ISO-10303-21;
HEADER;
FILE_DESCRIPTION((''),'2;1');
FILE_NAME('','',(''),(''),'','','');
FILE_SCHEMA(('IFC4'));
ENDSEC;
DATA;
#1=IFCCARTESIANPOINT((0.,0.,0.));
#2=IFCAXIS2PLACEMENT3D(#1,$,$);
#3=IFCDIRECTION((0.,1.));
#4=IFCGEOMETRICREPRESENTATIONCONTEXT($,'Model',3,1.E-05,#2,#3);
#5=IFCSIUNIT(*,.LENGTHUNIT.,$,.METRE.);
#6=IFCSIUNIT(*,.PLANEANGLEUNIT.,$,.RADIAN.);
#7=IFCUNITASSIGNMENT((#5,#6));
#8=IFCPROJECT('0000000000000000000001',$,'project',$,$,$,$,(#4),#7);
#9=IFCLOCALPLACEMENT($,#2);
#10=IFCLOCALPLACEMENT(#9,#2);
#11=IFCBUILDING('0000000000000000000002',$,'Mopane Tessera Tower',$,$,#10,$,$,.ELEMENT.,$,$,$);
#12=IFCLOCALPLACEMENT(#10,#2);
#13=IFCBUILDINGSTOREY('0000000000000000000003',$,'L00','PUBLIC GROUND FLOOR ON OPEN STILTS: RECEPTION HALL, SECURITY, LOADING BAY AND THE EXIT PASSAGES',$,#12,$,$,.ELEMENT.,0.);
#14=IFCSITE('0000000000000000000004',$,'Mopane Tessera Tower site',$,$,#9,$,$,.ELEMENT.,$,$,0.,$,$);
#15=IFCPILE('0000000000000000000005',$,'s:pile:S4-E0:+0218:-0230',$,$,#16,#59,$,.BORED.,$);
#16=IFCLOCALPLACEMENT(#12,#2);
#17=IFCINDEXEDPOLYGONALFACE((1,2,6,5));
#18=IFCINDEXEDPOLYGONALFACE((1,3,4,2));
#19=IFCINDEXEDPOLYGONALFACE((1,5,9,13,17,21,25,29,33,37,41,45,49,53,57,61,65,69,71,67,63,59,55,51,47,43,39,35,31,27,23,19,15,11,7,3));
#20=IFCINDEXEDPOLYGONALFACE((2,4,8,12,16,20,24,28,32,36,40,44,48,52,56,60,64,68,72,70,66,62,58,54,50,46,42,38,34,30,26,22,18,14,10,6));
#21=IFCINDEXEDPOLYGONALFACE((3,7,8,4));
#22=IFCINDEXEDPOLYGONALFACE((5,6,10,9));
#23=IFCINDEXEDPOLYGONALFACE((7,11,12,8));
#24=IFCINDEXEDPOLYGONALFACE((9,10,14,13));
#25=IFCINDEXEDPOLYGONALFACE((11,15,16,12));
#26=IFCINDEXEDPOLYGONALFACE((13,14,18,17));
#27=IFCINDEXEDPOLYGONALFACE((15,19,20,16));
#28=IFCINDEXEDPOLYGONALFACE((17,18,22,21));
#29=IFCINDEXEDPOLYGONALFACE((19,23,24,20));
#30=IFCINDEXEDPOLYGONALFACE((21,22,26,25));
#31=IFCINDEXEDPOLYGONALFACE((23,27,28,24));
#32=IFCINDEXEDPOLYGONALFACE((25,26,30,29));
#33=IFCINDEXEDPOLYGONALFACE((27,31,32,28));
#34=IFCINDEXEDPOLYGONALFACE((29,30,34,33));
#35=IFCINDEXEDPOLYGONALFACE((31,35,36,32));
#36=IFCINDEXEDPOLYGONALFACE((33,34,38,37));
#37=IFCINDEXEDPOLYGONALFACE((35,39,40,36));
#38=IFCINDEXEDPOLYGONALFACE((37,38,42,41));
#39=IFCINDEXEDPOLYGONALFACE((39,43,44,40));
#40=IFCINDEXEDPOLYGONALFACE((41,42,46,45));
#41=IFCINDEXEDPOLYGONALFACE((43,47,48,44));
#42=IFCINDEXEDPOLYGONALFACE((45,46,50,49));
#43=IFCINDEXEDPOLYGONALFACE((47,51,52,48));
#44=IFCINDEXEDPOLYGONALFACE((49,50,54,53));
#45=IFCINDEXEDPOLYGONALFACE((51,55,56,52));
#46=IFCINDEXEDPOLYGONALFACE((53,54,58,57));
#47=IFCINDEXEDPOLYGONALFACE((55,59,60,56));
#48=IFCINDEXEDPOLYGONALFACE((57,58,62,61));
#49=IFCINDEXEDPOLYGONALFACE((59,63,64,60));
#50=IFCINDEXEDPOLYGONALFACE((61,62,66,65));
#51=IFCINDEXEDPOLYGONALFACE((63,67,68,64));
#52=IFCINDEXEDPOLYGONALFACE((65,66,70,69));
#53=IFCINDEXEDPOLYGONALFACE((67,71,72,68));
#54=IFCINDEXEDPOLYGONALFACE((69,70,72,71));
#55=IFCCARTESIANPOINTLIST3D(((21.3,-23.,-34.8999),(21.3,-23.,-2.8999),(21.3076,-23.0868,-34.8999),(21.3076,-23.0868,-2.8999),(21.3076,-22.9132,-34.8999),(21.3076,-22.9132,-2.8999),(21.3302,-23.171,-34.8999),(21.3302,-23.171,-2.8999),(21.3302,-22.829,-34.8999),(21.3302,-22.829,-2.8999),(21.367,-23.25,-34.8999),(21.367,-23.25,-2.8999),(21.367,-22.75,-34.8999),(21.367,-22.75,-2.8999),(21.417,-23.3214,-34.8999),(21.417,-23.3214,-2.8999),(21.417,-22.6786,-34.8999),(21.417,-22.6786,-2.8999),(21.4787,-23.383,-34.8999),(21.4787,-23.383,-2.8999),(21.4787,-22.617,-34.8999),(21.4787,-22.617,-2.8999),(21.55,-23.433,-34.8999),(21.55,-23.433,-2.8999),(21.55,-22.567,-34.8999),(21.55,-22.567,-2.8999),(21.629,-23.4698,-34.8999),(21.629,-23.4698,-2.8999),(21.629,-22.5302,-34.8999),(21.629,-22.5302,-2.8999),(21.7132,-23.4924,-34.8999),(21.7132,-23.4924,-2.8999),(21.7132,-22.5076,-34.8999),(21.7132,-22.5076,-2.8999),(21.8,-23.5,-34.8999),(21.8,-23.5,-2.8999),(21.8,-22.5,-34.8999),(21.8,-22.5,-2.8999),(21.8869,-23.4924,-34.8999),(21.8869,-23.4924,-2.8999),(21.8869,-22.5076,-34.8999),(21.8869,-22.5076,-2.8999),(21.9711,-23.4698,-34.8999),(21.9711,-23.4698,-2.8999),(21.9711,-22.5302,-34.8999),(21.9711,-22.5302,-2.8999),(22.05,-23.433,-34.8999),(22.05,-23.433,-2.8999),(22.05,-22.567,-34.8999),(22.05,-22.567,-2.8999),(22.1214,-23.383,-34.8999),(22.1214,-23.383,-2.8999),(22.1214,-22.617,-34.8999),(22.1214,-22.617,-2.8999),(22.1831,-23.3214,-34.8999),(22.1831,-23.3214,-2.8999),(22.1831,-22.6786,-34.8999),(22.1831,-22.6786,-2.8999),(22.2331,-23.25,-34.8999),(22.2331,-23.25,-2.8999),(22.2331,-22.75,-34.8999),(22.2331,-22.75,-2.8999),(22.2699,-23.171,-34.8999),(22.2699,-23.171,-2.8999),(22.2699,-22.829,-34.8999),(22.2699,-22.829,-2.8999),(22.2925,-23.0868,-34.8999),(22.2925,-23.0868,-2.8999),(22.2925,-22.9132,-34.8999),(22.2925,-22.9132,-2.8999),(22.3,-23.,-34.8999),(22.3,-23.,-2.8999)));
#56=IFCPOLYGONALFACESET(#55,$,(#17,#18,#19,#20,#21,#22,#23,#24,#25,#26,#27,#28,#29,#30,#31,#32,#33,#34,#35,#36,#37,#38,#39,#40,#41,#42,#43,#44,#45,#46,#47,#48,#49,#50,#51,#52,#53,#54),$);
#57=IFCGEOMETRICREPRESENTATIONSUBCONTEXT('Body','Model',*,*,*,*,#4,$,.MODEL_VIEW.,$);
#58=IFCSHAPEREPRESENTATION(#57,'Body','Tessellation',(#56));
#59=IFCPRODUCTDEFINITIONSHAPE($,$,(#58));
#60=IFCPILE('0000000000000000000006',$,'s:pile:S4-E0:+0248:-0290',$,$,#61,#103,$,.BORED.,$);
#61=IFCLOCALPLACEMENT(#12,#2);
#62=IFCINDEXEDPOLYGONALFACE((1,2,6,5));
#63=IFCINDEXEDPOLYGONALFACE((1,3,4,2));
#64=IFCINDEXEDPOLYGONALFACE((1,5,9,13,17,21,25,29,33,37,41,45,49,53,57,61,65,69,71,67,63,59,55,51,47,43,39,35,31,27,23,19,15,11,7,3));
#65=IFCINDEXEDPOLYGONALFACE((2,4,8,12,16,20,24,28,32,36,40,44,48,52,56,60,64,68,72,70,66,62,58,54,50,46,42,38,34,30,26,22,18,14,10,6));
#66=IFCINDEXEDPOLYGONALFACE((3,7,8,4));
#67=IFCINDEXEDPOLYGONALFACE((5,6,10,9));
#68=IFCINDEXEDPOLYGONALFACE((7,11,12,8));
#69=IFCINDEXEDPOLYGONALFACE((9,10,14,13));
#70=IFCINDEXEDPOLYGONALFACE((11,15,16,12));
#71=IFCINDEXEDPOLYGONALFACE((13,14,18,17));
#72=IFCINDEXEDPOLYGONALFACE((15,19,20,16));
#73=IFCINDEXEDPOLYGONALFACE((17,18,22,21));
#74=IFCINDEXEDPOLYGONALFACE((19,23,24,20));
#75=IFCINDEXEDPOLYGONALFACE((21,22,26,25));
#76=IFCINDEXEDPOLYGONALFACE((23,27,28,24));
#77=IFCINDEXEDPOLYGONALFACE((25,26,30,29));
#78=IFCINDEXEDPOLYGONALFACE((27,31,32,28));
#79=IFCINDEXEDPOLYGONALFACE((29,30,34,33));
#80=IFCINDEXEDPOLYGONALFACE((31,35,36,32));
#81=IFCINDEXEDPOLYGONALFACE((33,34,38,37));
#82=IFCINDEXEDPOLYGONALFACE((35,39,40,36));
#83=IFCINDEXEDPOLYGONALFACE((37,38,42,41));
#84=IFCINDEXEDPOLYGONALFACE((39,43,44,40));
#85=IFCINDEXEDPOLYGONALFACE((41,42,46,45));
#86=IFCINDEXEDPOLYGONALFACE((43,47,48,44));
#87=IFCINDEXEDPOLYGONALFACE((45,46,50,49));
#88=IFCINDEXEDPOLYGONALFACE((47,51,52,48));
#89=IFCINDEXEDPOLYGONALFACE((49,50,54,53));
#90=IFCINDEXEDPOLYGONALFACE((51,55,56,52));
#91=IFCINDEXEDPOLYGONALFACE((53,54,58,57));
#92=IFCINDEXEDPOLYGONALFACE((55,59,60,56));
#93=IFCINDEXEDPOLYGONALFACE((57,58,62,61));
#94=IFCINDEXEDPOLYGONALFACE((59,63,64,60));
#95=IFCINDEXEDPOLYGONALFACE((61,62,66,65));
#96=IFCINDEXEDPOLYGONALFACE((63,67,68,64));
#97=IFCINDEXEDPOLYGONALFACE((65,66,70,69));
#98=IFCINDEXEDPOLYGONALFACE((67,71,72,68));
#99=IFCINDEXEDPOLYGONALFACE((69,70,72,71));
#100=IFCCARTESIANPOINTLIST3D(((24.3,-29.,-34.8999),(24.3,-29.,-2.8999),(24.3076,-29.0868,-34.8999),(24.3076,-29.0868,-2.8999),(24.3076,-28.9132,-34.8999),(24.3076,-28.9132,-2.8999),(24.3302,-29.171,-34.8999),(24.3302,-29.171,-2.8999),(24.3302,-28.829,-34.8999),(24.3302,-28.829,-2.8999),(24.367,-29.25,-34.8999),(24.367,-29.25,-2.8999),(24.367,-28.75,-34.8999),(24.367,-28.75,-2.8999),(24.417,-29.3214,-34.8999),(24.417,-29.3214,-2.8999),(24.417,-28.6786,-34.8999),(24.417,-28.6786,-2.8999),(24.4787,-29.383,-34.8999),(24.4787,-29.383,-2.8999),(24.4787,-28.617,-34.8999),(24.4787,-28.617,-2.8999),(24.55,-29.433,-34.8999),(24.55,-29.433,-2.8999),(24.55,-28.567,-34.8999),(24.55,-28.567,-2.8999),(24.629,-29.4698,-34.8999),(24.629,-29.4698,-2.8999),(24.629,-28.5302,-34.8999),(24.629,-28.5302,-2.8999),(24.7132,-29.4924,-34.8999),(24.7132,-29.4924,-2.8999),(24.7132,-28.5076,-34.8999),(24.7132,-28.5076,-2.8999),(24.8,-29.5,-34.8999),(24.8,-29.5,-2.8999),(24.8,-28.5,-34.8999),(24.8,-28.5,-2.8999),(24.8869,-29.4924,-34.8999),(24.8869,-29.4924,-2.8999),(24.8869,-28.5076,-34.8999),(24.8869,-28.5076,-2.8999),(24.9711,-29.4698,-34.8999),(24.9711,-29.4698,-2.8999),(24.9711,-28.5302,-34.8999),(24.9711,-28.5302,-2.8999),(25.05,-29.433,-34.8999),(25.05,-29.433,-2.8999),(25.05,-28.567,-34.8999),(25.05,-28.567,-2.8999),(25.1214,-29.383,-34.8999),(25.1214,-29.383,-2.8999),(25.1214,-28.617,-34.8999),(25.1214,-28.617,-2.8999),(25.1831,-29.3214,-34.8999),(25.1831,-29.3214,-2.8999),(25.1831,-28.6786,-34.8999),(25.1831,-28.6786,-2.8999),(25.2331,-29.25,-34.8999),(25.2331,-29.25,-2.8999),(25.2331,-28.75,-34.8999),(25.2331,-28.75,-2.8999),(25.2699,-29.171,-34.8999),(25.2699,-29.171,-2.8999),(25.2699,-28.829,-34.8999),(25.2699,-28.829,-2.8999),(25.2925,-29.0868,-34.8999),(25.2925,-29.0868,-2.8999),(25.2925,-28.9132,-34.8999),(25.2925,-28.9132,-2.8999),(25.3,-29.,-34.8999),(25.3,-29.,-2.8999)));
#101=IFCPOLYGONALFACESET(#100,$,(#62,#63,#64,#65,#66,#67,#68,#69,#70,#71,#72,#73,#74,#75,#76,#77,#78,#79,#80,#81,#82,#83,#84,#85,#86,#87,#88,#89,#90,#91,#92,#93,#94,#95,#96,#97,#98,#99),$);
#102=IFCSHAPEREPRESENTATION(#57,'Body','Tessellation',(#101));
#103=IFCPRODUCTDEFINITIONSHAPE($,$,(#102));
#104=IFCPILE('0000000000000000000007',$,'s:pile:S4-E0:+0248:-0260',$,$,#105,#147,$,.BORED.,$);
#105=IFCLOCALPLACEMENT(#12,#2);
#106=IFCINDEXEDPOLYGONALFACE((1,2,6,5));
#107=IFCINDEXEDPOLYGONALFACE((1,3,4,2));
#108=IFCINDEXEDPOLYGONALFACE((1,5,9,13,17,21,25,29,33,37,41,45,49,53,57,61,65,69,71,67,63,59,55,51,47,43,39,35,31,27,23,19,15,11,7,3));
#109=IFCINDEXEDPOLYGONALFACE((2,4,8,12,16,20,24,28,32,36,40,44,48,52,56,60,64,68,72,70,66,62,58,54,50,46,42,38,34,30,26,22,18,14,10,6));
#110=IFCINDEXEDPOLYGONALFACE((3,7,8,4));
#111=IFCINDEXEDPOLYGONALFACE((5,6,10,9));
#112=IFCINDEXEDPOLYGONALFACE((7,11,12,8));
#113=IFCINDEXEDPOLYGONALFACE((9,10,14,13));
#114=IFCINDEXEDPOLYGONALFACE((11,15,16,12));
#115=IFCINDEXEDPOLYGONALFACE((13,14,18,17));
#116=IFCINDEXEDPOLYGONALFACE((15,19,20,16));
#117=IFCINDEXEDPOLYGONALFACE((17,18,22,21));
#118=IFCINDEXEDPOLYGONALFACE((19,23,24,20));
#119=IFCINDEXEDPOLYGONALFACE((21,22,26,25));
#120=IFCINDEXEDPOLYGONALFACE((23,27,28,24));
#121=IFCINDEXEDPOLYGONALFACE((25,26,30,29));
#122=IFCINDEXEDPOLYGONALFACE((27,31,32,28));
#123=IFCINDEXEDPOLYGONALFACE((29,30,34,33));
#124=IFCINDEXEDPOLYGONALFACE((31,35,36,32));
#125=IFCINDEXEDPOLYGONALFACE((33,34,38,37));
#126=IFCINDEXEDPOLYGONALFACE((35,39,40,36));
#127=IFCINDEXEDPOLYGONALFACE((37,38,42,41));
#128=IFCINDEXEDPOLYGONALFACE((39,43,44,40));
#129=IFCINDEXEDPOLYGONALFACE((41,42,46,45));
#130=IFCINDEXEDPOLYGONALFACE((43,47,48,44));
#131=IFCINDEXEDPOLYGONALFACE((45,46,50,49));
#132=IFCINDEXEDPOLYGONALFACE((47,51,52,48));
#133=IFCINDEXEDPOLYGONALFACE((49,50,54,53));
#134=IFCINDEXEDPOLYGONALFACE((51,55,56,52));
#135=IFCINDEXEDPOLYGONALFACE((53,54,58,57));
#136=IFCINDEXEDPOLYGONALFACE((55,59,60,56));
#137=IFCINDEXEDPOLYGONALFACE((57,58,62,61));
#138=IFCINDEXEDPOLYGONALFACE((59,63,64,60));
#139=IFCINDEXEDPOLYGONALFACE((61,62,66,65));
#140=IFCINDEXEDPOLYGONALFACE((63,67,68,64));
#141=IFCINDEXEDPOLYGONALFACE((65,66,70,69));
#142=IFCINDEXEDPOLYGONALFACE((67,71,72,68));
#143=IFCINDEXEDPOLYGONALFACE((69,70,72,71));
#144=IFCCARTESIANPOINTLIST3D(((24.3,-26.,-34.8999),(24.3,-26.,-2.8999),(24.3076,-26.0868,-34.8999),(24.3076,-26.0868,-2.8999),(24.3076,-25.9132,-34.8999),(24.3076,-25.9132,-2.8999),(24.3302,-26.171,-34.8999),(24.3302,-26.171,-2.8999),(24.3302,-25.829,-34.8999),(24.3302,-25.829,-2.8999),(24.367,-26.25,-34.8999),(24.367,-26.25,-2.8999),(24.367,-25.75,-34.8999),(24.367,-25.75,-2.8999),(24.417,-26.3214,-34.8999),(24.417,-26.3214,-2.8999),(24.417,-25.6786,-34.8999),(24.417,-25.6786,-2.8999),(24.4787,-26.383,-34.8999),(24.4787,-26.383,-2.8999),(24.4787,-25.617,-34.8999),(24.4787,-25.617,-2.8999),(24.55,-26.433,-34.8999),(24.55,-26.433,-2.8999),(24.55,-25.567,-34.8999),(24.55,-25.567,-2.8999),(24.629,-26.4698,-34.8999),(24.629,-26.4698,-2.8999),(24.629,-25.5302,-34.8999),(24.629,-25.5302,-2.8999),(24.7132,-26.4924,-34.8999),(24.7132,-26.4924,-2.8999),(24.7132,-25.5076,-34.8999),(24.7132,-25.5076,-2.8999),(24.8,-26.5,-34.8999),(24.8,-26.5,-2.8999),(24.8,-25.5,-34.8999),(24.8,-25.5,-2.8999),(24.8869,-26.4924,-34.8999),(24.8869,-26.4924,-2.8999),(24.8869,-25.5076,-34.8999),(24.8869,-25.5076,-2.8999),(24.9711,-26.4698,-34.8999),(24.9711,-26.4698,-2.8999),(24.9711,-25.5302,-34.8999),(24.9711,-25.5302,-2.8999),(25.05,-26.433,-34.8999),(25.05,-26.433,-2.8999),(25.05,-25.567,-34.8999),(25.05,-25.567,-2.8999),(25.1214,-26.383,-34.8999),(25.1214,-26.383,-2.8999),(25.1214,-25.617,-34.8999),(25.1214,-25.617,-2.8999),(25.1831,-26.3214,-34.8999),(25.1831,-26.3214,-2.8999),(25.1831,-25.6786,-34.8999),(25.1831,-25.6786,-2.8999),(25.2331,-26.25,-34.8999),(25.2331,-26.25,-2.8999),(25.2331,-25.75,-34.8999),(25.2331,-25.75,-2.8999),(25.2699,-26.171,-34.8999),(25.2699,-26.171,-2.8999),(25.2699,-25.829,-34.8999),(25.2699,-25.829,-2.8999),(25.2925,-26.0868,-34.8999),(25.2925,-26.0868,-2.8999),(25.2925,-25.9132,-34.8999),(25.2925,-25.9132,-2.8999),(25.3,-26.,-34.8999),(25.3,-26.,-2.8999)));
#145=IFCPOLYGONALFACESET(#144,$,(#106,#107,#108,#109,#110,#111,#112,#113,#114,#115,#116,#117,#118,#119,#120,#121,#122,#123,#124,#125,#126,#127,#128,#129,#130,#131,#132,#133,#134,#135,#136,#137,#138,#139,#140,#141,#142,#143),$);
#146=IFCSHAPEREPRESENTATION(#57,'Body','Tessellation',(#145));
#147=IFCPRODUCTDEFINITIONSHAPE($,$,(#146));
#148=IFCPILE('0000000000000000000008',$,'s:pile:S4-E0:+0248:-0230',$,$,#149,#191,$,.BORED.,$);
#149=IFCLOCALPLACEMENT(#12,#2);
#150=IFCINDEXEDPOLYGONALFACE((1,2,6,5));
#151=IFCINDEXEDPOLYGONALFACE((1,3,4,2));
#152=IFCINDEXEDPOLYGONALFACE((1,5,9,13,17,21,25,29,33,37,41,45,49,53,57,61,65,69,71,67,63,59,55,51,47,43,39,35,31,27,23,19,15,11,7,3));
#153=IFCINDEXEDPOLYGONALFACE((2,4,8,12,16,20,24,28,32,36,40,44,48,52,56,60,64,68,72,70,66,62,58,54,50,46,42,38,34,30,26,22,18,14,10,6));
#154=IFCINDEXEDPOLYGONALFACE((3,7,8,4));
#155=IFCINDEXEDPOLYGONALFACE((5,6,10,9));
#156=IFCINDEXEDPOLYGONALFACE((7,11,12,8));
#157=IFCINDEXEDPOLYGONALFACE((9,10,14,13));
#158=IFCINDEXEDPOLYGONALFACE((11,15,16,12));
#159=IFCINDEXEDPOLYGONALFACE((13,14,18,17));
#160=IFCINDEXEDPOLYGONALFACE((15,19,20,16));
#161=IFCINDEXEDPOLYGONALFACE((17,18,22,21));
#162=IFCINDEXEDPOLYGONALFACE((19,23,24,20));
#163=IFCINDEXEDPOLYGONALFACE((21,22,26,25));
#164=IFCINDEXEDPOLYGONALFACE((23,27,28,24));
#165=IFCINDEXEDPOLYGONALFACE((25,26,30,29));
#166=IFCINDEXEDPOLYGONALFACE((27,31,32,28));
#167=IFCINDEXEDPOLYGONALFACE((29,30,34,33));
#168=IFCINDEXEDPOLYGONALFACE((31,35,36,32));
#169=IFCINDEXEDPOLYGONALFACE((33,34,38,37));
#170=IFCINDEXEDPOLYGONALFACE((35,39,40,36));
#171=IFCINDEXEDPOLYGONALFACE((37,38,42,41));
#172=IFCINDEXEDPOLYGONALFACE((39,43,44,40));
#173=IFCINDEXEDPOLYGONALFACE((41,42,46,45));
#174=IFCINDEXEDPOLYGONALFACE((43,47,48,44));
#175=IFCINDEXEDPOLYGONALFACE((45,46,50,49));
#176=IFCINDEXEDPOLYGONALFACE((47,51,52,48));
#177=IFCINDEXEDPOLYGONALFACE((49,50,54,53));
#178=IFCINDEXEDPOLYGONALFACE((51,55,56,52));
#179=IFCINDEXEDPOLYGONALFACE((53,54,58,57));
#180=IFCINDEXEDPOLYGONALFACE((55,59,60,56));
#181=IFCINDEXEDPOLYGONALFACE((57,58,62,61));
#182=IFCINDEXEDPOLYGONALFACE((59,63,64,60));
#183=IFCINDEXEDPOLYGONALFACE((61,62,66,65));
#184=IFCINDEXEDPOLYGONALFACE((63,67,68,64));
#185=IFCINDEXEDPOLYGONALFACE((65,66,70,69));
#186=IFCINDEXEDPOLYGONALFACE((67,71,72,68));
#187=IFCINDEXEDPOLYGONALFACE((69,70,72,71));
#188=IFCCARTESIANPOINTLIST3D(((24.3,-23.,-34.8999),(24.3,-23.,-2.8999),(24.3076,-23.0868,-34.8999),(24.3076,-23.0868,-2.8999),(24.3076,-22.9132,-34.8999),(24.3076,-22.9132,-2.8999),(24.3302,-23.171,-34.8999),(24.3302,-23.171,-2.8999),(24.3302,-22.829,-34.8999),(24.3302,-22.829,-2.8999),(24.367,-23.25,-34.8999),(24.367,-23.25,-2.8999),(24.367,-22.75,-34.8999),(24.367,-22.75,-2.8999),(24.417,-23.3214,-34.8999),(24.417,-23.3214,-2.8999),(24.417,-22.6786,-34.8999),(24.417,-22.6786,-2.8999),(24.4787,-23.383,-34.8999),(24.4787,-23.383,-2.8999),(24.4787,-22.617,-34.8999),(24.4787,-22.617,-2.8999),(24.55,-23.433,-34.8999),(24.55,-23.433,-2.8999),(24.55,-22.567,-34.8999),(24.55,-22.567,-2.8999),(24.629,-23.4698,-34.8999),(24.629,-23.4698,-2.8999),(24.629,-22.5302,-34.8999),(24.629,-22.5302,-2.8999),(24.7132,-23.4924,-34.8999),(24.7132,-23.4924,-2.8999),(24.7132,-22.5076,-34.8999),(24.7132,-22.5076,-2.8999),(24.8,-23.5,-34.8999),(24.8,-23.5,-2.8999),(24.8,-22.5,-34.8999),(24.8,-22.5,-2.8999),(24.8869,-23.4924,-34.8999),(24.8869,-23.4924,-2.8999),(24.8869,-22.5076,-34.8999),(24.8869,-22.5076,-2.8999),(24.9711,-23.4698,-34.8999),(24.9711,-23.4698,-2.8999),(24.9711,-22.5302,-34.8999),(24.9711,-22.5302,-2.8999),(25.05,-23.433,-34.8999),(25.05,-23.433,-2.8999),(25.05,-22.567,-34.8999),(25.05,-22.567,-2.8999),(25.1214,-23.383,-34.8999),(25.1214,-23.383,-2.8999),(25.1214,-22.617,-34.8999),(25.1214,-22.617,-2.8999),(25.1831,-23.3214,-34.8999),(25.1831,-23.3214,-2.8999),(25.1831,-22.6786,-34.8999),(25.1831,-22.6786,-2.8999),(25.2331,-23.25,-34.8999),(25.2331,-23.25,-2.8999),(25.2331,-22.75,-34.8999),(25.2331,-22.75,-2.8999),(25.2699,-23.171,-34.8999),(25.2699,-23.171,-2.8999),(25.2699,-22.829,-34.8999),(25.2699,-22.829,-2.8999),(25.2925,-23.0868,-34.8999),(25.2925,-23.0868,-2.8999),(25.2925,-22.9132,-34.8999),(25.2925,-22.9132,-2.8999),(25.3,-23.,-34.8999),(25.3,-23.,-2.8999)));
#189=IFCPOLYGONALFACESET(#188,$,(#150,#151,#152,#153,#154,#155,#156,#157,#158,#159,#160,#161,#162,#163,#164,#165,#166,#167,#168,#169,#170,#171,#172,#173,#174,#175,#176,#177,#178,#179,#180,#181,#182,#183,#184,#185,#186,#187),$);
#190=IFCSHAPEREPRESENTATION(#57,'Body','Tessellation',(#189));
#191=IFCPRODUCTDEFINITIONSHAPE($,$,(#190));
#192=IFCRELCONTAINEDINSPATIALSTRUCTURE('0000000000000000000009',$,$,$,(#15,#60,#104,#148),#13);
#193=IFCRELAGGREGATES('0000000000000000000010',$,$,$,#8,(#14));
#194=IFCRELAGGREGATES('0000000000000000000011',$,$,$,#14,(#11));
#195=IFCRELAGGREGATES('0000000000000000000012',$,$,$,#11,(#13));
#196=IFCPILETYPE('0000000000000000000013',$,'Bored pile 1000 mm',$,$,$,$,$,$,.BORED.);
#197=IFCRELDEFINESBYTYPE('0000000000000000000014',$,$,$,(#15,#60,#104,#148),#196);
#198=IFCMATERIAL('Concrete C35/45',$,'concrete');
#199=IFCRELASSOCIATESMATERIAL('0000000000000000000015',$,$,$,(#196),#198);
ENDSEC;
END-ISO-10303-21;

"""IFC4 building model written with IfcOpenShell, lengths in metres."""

from ifc_helpers import new_model, si_unit, direction, frame, origin, origin_2d, place, context, subcontext, project, spatial, circle, extrude, material, material_profile, profile_set, type_object, element, save


model = new_model("IFC4")

# Units and contexts
model_context = context("Model", 3, precision=1e-05, world=origin(), true_north=direction((0.0, 1.0)))
body_context = subcontext(model_context, "Body", "Model", "MODEL_VIEW")
ifc_project = project(units=[si_unit("LENGTHUNIT", "METRE"), si_unit("PLANEANGLEUNIT", "RADIAN")], contexts=[model_context])

# Site, building, storey
site_placement = place(None, origin())
site = spatial("IfcSite", under=ifc_project, at=site_placement, Name="Mopane Tessera Tower site", CompositionType="ELEMENT", RefElevation=0.0)
building_placement = place(site_placement, origin())
building = spatial("IfcBuilding", under=site, at=building_placement, Name="Mopane Tessera Tower", CompositionType="ELEMENT")
storey_placement = place(building_placement, origin())
storey = spatial("IfcBuildingStorey", under=building, at=storey_placement, Name="L00", Description="PUBLIC GROUND FLOOR ON OPEN STILTS: RECEPTION HALL, SECURITY, LOADING BAY AND THE EXIT PASSAGES", CompositionType="ELEMENT", Elevation=0.0)

# Piles
ifc_material_1 = material(Name="Concrete C35/45", Category="concrete")
ifc_material_profile_1 = material_profile(ifc_material_1, circle(Radius=0.5, at=origin_2d()))
ifc_profile_set_1 = profile_set([ifc_material_profile_1], Name="Concrete C35/45")
pile_type_1 = type_object("IfcPileType", Name="Bored pile 1000 mm", PredefinedType="BORED", material=ifc_profile_set_1)
for number, where, z_axis, x_axis, name in (
    (1, (21.8, -23.0, -2.8999), (0.0, 0.0, -1.0), (1.0, 0.0, 0.0), "s:pile:S4-E0:+0218:-0230"),
    (2, (24.8, -29.0, -2.8999), (0.0, 0.0, -1.0), (1.0, 0.0, 0.0), "s:pile:S4-E0:+0248:-0290"),
    (3, (24.8, -26.0, -2.8999), (0.0, 0.0, -1.0), (1.0, 0.0, 0.0), "s:pile:S4-E0:+0248:-0260"),
    (4, (24.8, -23.0, -2.8999), (0.0, 0.0, -1.0), (1.0, 0.0, 0.0), "s:pile:S4-E0:+0248:-0230"),
):
    element("IfcPile", number, at=place(storey_placement, frame(where, z_axis=z_axis, x_axis=x_axis)), inside=storey, type_object=pile_type_1, Name=name, PredefinedType="BORED", context=body_context, shape_type="SweptSolid", body=[
        extrude(circle(Radius=0.5, at=origin_2d()), origin(), (0.0, 0.0, 1.0), 32.0),
    ])

save(model, "model.ifc")
